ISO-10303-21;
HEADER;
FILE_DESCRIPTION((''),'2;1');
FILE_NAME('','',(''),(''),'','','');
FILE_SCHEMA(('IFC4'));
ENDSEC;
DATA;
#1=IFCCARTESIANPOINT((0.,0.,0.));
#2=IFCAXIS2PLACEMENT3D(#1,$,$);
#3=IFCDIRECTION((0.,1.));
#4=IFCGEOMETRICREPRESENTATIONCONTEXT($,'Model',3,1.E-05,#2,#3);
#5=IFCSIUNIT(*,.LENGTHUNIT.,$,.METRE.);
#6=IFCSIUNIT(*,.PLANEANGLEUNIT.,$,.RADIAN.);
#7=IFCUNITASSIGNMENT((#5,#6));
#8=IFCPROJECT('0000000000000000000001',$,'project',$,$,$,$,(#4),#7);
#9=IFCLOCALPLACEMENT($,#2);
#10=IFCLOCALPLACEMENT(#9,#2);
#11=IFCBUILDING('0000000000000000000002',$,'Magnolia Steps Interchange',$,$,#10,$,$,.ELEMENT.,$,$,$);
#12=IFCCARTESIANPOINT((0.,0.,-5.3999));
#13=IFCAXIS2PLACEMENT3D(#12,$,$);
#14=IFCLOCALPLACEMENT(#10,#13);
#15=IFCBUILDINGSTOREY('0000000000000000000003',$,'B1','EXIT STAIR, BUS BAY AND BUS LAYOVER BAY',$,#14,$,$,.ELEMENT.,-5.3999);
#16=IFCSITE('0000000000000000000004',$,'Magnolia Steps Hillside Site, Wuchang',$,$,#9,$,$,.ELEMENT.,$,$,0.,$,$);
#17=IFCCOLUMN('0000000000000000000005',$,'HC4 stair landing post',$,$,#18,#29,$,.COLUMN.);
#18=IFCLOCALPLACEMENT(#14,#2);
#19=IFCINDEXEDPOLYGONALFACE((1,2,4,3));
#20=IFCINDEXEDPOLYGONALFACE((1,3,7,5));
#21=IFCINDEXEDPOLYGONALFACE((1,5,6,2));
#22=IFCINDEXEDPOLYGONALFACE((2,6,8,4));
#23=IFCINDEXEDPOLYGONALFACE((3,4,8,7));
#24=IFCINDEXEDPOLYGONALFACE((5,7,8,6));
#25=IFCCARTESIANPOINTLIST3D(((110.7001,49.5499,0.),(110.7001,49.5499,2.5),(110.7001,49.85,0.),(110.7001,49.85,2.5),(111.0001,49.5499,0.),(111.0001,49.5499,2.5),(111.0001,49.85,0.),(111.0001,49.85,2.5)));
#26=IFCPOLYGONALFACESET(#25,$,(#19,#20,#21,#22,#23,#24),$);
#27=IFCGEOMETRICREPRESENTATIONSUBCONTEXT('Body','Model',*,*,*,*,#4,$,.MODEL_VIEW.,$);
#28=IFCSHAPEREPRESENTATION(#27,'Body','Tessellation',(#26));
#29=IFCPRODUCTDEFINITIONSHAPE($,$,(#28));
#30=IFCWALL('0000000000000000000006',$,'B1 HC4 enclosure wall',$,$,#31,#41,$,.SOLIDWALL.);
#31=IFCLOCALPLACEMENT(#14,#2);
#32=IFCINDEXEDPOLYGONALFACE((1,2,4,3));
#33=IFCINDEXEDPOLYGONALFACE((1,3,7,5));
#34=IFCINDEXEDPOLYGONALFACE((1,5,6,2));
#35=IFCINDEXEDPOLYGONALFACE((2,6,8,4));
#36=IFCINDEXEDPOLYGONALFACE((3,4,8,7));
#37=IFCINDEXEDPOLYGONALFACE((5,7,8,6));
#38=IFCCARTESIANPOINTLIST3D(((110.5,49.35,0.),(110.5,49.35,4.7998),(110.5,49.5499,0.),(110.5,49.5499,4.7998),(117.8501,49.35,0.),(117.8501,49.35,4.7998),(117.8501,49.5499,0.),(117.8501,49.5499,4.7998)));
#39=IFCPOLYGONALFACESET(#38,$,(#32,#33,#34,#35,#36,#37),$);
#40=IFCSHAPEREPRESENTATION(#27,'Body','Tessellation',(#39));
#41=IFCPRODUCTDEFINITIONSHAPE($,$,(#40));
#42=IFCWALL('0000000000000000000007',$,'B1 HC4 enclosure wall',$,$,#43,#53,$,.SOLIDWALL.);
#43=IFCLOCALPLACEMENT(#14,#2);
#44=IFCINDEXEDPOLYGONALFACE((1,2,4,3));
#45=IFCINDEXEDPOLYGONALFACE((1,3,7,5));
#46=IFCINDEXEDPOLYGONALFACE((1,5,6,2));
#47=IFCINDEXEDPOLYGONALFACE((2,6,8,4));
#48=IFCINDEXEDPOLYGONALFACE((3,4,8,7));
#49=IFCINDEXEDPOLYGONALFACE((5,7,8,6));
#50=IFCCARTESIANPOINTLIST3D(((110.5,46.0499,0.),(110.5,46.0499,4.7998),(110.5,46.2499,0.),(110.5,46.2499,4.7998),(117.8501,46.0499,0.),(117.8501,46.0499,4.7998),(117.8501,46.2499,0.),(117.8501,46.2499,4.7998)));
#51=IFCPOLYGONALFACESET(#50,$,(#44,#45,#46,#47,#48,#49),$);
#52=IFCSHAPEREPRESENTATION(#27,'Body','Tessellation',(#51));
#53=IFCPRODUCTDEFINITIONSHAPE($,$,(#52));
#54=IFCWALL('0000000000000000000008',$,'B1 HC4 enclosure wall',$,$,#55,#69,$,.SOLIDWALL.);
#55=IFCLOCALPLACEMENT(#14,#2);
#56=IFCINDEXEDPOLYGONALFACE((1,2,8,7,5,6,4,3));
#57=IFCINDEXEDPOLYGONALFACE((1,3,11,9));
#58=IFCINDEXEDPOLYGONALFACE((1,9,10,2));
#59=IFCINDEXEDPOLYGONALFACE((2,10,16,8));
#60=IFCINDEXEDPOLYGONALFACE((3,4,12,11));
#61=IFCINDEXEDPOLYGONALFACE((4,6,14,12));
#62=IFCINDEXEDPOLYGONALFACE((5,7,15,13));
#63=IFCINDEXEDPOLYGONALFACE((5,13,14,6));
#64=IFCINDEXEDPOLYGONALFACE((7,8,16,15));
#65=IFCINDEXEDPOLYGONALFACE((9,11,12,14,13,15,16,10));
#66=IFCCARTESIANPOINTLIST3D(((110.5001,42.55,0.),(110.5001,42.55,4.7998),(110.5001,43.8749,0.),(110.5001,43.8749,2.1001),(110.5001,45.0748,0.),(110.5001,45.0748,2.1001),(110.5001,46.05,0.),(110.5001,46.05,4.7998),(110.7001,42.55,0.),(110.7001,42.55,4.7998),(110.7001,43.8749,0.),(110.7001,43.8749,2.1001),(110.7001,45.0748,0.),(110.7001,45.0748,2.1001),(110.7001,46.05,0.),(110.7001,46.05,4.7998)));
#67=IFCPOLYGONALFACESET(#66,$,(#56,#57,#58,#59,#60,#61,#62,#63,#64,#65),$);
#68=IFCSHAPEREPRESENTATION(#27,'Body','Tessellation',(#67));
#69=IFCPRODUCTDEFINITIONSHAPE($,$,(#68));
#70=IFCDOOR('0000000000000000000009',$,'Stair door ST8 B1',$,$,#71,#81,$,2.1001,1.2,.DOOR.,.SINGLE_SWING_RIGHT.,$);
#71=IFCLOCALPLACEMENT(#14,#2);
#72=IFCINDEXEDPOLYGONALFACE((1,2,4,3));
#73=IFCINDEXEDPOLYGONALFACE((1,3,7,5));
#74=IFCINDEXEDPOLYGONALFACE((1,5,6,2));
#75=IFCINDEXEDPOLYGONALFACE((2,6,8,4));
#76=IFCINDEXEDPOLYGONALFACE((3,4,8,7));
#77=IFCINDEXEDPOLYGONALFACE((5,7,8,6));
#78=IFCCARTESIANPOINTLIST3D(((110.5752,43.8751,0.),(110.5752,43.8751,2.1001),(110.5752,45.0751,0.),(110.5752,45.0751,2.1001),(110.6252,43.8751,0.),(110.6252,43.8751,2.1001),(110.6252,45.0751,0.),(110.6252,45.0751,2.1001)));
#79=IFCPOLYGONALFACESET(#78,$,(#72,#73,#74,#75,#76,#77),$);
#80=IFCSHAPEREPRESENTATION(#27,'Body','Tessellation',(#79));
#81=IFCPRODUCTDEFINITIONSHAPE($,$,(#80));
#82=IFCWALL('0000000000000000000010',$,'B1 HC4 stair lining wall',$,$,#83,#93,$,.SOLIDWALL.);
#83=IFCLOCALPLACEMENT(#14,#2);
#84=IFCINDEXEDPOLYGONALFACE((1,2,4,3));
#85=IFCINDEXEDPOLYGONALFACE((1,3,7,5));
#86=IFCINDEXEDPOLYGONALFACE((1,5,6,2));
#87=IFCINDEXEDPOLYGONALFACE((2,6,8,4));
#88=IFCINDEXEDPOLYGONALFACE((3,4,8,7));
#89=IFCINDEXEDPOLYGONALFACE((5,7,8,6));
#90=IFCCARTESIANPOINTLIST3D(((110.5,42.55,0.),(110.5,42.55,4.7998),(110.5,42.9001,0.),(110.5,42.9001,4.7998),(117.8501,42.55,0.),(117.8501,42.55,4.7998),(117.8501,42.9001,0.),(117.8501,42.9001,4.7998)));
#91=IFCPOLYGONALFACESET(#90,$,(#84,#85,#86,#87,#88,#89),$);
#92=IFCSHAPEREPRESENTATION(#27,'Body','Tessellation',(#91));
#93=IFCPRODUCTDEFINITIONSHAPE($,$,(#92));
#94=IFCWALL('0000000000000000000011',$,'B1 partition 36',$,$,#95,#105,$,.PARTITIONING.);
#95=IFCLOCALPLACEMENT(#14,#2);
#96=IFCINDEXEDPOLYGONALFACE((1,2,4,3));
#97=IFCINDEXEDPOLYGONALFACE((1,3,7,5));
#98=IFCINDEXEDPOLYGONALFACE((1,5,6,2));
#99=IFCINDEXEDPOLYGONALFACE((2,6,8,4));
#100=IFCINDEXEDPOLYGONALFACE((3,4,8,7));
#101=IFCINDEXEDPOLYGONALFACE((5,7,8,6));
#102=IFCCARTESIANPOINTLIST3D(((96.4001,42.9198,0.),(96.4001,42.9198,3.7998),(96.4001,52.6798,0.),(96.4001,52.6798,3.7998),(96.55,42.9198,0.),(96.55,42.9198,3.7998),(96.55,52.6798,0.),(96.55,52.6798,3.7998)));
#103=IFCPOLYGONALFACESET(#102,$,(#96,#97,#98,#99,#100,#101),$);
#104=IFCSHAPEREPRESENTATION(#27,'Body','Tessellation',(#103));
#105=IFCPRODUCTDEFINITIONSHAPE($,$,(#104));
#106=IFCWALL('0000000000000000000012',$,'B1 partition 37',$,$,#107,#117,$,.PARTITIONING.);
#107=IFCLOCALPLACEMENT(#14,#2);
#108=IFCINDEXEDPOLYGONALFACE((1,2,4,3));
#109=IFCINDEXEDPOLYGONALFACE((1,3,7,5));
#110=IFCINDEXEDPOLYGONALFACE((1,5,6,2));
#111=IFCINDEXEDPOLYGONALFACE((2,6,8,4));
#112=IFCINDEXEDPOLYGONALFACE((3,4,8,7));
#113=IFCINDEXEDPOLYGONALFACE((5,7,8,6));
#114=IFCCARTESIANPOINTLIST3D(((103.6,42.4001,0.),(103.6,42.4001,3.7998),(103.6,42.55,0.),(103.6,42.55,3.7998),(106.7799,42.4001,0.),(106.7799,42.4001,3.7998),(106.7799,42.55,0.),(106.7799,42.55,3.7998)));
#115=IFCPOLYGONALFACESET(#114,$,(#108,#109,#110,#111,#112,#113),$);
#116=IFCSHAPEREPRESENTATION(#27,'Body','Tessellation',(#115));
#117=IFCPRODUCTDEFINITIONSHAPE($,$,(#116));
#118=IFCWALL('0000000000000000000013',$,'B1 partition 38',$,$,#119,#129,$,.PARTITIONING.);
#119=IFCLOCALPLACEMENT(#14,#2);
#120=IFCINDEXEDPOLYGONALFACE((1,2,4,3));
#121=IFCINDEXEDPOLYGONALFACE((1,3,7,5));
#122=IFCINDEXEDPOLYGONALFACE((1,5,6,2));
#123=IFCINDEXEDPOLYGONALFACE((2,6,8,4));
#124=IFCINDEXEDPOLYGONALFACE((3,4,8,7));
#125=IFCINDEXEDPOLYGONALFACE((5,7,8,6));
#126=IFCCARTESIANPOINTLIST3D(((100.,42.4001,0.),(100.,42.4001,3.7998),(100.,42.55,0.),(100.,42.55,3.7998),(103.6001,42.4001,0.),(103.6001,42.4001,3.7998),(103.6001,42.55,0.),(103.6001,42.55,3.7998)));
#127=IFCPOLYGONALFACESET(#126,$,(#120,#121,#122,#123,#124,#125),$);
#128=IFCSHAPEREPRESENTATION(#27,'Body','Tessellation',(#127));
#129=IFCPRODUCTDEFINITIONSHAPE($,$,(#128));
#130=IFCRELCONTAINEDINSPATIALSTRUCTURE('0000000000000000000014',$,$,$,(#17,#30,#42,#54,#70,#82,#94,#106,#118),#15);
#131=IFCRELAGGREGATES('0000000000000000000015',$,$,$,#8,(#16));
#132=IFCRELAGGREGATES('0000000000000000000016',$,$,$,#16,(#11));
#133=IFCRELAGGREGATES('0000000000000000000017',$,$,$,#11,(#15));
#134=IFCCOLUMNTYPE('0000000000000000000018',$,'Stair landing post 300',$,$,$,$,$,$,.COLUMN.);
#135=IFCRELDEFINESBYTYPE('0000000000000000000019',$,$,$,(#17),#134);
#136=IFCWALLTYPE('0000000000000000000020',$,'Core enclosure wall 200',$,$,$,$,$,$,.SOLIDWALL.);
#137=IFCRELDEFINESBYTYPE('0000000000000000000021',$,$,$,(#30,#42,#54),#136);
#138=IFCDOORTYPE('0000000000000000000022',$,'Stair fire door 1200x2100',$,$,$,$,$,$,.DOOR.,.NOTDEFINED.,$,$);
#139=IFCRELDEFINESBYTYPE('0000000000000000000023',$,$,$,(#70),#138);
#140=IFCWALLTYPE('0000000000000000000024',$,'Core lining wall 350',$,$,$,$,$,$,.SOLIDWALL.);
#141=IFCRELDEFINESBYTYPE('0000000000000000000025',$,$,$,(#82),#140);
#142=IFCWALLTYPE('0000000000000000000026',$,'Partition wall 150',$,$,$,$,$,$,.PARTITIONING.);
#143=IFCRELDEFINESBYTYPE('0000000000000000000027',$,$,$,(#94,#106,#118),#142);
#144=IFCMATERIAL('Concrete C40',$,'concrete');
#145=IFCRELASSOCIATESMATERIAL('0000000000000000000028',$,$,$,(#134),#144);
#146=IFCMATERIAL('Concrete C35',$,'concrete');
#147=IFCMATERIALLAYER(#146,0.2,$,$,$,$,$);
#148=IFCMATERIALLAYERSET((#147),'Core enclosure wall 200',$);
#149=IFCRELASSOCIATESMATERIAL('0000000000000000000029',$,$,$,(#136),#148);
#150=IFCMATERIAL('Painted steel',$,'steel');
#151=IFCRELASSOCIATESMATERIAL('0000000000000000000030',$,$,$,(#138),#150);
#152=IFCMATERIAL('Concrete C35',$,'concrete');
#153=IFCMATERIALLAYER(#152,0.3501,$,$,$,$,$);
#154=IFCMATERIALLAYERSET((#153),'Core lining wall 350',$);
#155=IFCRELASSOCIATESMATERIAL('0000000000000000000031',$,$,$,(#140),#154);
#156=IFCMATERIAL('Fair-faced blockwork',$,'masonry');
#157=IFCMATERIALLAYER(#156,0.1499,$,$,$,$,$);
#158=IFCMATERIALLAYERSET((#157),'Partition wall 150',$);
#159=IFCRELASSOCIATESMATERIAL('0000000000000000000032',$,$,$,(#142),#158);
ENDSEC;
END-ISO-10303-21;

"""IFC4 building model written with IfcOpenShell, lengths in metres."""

from ifc_helpers import new_model, si_unit, direction, frame, frame_2d, origin, origin_2d, place, context, subcontext, project, spatial, rectangle, extrude, material, layer, layer_set, material_profile, profile_set, type_object, element, fill, save


model = new_model("IFC4")

# Units and contexts
model_context = context("Model", 3, precision=1e-05, world=origin(), true_north=direction((0.0, 1.0)))
body_context = subcontext(model_context, "Body", "Model", "MODEL_VIEW")
ifc_project = project(units=[si_unit("LENGTHUNIT", "METRE"), si_unit("PLANEANGLEUNIT", "RADIAN")], contexts=[model_context])

# Site, building, storey
site_placement = place(None, origin())
site = spatial("IfcSite", under=ifc_project, at=site_placement, Name="Magnolia Steps Hillside Site, Wuchang", CompositionType="ELEMENT", RefElevation=0.0)
building_placement = place(site_placement, origin())
building = spatial("IfcBuilding", under=site, at=building_placement, Name="Magnolia Steps Interchange", CompositionType="ELEMENT")
storey_placement = place(building_placement, frame((0.0, 0.0, -5.3999)))
storey = spatial("IfcBuildingStorey", under=building, at=storey_placement, Name="B1", Description="EXIT STAIR, BUS BAY AND BUS LAYOVER BAY", CompositionType="ELEMENT", Elevation=-5.3999)

# Column
ifc_material_1 = material(Name="Concrete C40", Category="concrete")
ifc_material_profile = material_profile(ifc_material_1, rectangle(XDim=0.3, YDim=0.3, at=origin_2d()), Name="RC300x300")
ifc_profile_set = profile_set([ifc_material_profile], Name="Concrete C40")
column_type = type_object("IfcColumnType", Name="Stair landing post 300", PredefinedType="COLUMN", material=ifc_profile_set)
column_placement = place(storey_placement, frame((110.8501, 49.7, 0.0), z_axis=(0.0, 0.0, 1.0), x_axis=(1.0, 0.0, 0.0)))
element("IfcColumn", 1, at=column_placement, inside=storey, type_object=column_type, Name="HC4 stair landing post", PredefinedType="COLUMN", context=body_context, shape_type="SweptSolid", body=[
    extrude(rectangle(XDim=0.3, YDim=0.3, at=origin_2d()), origin(), (0.0, 0.0, 1.0), 2.5),
])

# Walls
ifc_material_2 = material(Name="Concrete C35", Category="concrete")
ifc_layer_1 = layer(ifc_material_2, 0.2)
ifc_layer_set_1 = layer_set([ifc_layer_1], Name="Core enclosure wall 200")
wall_type_1 = type_object("IfcWallType", Name="Core enclosure wall 200", PredefinedType="SOLIDWALL", material=ifc_layer_set_1)
for number, where, z_axis, x_axis, name in (
    (2, (110.5, 49.45, 0.0), (0.0, 0.0, 1.0), (1.0, 0.0, 0.0), "B1 HC4 enclosure wall"),
    (3, (110.5, 46.1499, 0.0), (0.0, 0.0, 1.0), (1.0, 0.0, 0.0), "B1 HC4 enclosure wall"),
):
    element("IfcWall", number, at=place(storey_placement, frame(where, z_axis=z_axis, x_axis=x_axis)), inside=storey, type_object=wall_type_1, Name=name, PredefinedType="SOLIDWALL", context=body_context, shape_type="SweptSolid", body=[
        extrude(rectangle(XDim=7.3501, YDim=0.2, at=frame_2d((3.675, 0.0))), origin(), (0.0, 0.0, 1.0), 4.7998),
    ])

# Wall, opening, door
wall_1_placement = place(storey_placement, frame((110.6001, 46.05, 0.0), z_axis=(0.0, 0.0, 1.0), x_axis=(0.0, -1.0, 0.0)))
wall_1 = element("IfcWall", 4, at=wall_1_placement, inside=storey, type_object=wall_type_1, Name="B1 HC4 enclosure wall", PredefinedType="SOLIDWALL", context=body_context, shape_type="SweptSolid", body=[
    extrude(rectangle(XDim=3.5, YDim=0.2, at=frame_2d((1.75, 0.0))), origin(), (0.0, 0.0, 1.0), 4.7998),
])
opening_placement = place(wall_1_placement, frame((0.9751, 0.0, 0.0)))
opening = element("IfcOpeningElement", 5, at=opening_placement, cuts=wall_1, PredefinedType="OPENING", context=body_context, shape_type="SweptSolid", body=[
    extrude(rectangle(XDim=1.2, YDim=2.1001, at=frame_2d((0.6001, 1.05))), frame((0.0, 0.1099, 0.0), z_axis=(0.0, -1.0, 0.0), x_axis=(1.0, 0.0, 0.0)), (0.0, 0.0, 1.0), 0.22),
])
ifc_material_3 = material(Name="Painted steel", Category="steel")
door_type = type_object("IfcDoorType", Name="Stair fire door 1200x2100", OperationType="NOTDEFINED", PredefinedType="DOOR", material=ifc_material_3)
door_placement = place(opening_placement, frame((1.2, 0.0, 0.0), z_axis=(0.0, 0.0, 1.0), x_axis=(-1.0, 0.0, 0.0)))
door = element("IfcDoor", 6, at=door_placement, inside=storey, type_object=door_type, Name="Stair door ST8 B1", OperationType="SINGLE_SWING_RIGHT", OverallHeight=2.1001, OverallWidth=1.2, PredefinedType="DOOR", context=body_context, shape_type="SweptSolid", body=[
    extrude(rectangle(XDim=1.2, YDim=2.1001, at=frame_2d((0.6001, 1.05))), frame((0.0, 0.0249, 0.0), z_axis=(0.0, -1.0, 0.0), x_axis=(1.0, 0.0, 0.0)), (0.0, 0.0, 1.0), 0.05),
])
fill(opening, door)

# Walls
ifc_material_4 = material(Name="Concrete C35", Category="concrete")
ifc_layer_2 = layer(ifc_material_4, 0.3501)
ifc_layer_set_2 = layer_set([ifc_layer_2], Name="Core lining wall 350")
wall_type_2 = type_object("IfcWallType", Name="Core lining wall 350", PredefinedType="SOLIDWALL", material=ifc_layer_set_2)
wall_2_placement = place(storey_placement, frame((110.5, 42.7251, 0.0), z_axis=(0.0, 0.0, 1.0), x_axis=(1.0, 0.0, 0.0)))
element("IfcWall", 7, at=wall_2_placement, inside=storey, type_object=wall_type_2, Name="B1 HC4 stair lining wall", PredefinedType="SOLIDWALL", context=body_context, shape_type="SweptSolid", body=[
    extrude(rectangle(XDim=7.3501, YDim=0.3501, at=frame_2d((3.675, 0.0))), origin(), (0.0, 0.0, 1.0), 4.7998),
])
ifc_material_5 = material(Name="Fair-faced blockwork", Category="masonry")
ifc_layer_3 = layer(ifc_material_5, 0.1499)
ifc_layer_set_3 = layer_set([ifc_layer_3], Name="Partition wall 150")
wall_type_3 = type_object("IfcWallType", Name="Partition wall 150", PredefinedType="PARTITIONING", material=ifc_layer_set_3)
wall_3_placement = place(storey_placement, frame((96.4751, 42.9199, 0.0), z_axis=(0.0, 0.0, 1.0), x_axis=(0.0, 1.0, 0.0)))
element("IfcWall", 8, at=wall_3_placement, inside=storey, type_object=wall_type_3, Name="B1 partition 36", PredefinedType="PARTITIONING", context=body_context, shape_type="SweptSolid", body=[
    extrude(rectangle(XDim=9.76, YDim=0.1499, at=frame_2d((4.8799, 0.0))), origin(), (0.0, 0.0, 1.0), 3.7998),
])
wall_4_placement = place(storey_placement, frame((103.6001, 42.4751, 0.0), z_axis=(0.0, 0.0, 1.0), x_axis=(1.0, 0.0, 0.0)))
element("IfcWall", 9, at=wall_4_placement, inside=storey, type_object=wall_type_3, Name="B1 partition 37", PredefinedType="PARTITIONING", context=body_context, shape_type="SweptSolid", body=[
    extrude(rectangle(XDim=3.1799, YDim=0.1499, at=frame_2d((1.5898, 0.0))), origin(), (0.0, 0.0, 1.0), 3.7998),
])
wall_5_placement = place(storey_placement, frame((100.0, 42.4751, 0.0), z_axis=(0.0, 0.0, 1.0), x_axis=(1.0, 0.0, 0.0)))
element("IfcWall", 10, at=wall_5_placement, inside=storey, type_object=wall_type_3, Name="B1 partition 38", PredefinedType="PARTITIONING", context=body_context, shape_type="SweptSolid", body=[
    extrude(rectangle(XDim=3.6001, YDim=0.1499, at=frame_2d((1.8, 0.0))), origin(), (0.0, 0.0, 1.0), 3.7998),
])

save(model, "model.ifc")
